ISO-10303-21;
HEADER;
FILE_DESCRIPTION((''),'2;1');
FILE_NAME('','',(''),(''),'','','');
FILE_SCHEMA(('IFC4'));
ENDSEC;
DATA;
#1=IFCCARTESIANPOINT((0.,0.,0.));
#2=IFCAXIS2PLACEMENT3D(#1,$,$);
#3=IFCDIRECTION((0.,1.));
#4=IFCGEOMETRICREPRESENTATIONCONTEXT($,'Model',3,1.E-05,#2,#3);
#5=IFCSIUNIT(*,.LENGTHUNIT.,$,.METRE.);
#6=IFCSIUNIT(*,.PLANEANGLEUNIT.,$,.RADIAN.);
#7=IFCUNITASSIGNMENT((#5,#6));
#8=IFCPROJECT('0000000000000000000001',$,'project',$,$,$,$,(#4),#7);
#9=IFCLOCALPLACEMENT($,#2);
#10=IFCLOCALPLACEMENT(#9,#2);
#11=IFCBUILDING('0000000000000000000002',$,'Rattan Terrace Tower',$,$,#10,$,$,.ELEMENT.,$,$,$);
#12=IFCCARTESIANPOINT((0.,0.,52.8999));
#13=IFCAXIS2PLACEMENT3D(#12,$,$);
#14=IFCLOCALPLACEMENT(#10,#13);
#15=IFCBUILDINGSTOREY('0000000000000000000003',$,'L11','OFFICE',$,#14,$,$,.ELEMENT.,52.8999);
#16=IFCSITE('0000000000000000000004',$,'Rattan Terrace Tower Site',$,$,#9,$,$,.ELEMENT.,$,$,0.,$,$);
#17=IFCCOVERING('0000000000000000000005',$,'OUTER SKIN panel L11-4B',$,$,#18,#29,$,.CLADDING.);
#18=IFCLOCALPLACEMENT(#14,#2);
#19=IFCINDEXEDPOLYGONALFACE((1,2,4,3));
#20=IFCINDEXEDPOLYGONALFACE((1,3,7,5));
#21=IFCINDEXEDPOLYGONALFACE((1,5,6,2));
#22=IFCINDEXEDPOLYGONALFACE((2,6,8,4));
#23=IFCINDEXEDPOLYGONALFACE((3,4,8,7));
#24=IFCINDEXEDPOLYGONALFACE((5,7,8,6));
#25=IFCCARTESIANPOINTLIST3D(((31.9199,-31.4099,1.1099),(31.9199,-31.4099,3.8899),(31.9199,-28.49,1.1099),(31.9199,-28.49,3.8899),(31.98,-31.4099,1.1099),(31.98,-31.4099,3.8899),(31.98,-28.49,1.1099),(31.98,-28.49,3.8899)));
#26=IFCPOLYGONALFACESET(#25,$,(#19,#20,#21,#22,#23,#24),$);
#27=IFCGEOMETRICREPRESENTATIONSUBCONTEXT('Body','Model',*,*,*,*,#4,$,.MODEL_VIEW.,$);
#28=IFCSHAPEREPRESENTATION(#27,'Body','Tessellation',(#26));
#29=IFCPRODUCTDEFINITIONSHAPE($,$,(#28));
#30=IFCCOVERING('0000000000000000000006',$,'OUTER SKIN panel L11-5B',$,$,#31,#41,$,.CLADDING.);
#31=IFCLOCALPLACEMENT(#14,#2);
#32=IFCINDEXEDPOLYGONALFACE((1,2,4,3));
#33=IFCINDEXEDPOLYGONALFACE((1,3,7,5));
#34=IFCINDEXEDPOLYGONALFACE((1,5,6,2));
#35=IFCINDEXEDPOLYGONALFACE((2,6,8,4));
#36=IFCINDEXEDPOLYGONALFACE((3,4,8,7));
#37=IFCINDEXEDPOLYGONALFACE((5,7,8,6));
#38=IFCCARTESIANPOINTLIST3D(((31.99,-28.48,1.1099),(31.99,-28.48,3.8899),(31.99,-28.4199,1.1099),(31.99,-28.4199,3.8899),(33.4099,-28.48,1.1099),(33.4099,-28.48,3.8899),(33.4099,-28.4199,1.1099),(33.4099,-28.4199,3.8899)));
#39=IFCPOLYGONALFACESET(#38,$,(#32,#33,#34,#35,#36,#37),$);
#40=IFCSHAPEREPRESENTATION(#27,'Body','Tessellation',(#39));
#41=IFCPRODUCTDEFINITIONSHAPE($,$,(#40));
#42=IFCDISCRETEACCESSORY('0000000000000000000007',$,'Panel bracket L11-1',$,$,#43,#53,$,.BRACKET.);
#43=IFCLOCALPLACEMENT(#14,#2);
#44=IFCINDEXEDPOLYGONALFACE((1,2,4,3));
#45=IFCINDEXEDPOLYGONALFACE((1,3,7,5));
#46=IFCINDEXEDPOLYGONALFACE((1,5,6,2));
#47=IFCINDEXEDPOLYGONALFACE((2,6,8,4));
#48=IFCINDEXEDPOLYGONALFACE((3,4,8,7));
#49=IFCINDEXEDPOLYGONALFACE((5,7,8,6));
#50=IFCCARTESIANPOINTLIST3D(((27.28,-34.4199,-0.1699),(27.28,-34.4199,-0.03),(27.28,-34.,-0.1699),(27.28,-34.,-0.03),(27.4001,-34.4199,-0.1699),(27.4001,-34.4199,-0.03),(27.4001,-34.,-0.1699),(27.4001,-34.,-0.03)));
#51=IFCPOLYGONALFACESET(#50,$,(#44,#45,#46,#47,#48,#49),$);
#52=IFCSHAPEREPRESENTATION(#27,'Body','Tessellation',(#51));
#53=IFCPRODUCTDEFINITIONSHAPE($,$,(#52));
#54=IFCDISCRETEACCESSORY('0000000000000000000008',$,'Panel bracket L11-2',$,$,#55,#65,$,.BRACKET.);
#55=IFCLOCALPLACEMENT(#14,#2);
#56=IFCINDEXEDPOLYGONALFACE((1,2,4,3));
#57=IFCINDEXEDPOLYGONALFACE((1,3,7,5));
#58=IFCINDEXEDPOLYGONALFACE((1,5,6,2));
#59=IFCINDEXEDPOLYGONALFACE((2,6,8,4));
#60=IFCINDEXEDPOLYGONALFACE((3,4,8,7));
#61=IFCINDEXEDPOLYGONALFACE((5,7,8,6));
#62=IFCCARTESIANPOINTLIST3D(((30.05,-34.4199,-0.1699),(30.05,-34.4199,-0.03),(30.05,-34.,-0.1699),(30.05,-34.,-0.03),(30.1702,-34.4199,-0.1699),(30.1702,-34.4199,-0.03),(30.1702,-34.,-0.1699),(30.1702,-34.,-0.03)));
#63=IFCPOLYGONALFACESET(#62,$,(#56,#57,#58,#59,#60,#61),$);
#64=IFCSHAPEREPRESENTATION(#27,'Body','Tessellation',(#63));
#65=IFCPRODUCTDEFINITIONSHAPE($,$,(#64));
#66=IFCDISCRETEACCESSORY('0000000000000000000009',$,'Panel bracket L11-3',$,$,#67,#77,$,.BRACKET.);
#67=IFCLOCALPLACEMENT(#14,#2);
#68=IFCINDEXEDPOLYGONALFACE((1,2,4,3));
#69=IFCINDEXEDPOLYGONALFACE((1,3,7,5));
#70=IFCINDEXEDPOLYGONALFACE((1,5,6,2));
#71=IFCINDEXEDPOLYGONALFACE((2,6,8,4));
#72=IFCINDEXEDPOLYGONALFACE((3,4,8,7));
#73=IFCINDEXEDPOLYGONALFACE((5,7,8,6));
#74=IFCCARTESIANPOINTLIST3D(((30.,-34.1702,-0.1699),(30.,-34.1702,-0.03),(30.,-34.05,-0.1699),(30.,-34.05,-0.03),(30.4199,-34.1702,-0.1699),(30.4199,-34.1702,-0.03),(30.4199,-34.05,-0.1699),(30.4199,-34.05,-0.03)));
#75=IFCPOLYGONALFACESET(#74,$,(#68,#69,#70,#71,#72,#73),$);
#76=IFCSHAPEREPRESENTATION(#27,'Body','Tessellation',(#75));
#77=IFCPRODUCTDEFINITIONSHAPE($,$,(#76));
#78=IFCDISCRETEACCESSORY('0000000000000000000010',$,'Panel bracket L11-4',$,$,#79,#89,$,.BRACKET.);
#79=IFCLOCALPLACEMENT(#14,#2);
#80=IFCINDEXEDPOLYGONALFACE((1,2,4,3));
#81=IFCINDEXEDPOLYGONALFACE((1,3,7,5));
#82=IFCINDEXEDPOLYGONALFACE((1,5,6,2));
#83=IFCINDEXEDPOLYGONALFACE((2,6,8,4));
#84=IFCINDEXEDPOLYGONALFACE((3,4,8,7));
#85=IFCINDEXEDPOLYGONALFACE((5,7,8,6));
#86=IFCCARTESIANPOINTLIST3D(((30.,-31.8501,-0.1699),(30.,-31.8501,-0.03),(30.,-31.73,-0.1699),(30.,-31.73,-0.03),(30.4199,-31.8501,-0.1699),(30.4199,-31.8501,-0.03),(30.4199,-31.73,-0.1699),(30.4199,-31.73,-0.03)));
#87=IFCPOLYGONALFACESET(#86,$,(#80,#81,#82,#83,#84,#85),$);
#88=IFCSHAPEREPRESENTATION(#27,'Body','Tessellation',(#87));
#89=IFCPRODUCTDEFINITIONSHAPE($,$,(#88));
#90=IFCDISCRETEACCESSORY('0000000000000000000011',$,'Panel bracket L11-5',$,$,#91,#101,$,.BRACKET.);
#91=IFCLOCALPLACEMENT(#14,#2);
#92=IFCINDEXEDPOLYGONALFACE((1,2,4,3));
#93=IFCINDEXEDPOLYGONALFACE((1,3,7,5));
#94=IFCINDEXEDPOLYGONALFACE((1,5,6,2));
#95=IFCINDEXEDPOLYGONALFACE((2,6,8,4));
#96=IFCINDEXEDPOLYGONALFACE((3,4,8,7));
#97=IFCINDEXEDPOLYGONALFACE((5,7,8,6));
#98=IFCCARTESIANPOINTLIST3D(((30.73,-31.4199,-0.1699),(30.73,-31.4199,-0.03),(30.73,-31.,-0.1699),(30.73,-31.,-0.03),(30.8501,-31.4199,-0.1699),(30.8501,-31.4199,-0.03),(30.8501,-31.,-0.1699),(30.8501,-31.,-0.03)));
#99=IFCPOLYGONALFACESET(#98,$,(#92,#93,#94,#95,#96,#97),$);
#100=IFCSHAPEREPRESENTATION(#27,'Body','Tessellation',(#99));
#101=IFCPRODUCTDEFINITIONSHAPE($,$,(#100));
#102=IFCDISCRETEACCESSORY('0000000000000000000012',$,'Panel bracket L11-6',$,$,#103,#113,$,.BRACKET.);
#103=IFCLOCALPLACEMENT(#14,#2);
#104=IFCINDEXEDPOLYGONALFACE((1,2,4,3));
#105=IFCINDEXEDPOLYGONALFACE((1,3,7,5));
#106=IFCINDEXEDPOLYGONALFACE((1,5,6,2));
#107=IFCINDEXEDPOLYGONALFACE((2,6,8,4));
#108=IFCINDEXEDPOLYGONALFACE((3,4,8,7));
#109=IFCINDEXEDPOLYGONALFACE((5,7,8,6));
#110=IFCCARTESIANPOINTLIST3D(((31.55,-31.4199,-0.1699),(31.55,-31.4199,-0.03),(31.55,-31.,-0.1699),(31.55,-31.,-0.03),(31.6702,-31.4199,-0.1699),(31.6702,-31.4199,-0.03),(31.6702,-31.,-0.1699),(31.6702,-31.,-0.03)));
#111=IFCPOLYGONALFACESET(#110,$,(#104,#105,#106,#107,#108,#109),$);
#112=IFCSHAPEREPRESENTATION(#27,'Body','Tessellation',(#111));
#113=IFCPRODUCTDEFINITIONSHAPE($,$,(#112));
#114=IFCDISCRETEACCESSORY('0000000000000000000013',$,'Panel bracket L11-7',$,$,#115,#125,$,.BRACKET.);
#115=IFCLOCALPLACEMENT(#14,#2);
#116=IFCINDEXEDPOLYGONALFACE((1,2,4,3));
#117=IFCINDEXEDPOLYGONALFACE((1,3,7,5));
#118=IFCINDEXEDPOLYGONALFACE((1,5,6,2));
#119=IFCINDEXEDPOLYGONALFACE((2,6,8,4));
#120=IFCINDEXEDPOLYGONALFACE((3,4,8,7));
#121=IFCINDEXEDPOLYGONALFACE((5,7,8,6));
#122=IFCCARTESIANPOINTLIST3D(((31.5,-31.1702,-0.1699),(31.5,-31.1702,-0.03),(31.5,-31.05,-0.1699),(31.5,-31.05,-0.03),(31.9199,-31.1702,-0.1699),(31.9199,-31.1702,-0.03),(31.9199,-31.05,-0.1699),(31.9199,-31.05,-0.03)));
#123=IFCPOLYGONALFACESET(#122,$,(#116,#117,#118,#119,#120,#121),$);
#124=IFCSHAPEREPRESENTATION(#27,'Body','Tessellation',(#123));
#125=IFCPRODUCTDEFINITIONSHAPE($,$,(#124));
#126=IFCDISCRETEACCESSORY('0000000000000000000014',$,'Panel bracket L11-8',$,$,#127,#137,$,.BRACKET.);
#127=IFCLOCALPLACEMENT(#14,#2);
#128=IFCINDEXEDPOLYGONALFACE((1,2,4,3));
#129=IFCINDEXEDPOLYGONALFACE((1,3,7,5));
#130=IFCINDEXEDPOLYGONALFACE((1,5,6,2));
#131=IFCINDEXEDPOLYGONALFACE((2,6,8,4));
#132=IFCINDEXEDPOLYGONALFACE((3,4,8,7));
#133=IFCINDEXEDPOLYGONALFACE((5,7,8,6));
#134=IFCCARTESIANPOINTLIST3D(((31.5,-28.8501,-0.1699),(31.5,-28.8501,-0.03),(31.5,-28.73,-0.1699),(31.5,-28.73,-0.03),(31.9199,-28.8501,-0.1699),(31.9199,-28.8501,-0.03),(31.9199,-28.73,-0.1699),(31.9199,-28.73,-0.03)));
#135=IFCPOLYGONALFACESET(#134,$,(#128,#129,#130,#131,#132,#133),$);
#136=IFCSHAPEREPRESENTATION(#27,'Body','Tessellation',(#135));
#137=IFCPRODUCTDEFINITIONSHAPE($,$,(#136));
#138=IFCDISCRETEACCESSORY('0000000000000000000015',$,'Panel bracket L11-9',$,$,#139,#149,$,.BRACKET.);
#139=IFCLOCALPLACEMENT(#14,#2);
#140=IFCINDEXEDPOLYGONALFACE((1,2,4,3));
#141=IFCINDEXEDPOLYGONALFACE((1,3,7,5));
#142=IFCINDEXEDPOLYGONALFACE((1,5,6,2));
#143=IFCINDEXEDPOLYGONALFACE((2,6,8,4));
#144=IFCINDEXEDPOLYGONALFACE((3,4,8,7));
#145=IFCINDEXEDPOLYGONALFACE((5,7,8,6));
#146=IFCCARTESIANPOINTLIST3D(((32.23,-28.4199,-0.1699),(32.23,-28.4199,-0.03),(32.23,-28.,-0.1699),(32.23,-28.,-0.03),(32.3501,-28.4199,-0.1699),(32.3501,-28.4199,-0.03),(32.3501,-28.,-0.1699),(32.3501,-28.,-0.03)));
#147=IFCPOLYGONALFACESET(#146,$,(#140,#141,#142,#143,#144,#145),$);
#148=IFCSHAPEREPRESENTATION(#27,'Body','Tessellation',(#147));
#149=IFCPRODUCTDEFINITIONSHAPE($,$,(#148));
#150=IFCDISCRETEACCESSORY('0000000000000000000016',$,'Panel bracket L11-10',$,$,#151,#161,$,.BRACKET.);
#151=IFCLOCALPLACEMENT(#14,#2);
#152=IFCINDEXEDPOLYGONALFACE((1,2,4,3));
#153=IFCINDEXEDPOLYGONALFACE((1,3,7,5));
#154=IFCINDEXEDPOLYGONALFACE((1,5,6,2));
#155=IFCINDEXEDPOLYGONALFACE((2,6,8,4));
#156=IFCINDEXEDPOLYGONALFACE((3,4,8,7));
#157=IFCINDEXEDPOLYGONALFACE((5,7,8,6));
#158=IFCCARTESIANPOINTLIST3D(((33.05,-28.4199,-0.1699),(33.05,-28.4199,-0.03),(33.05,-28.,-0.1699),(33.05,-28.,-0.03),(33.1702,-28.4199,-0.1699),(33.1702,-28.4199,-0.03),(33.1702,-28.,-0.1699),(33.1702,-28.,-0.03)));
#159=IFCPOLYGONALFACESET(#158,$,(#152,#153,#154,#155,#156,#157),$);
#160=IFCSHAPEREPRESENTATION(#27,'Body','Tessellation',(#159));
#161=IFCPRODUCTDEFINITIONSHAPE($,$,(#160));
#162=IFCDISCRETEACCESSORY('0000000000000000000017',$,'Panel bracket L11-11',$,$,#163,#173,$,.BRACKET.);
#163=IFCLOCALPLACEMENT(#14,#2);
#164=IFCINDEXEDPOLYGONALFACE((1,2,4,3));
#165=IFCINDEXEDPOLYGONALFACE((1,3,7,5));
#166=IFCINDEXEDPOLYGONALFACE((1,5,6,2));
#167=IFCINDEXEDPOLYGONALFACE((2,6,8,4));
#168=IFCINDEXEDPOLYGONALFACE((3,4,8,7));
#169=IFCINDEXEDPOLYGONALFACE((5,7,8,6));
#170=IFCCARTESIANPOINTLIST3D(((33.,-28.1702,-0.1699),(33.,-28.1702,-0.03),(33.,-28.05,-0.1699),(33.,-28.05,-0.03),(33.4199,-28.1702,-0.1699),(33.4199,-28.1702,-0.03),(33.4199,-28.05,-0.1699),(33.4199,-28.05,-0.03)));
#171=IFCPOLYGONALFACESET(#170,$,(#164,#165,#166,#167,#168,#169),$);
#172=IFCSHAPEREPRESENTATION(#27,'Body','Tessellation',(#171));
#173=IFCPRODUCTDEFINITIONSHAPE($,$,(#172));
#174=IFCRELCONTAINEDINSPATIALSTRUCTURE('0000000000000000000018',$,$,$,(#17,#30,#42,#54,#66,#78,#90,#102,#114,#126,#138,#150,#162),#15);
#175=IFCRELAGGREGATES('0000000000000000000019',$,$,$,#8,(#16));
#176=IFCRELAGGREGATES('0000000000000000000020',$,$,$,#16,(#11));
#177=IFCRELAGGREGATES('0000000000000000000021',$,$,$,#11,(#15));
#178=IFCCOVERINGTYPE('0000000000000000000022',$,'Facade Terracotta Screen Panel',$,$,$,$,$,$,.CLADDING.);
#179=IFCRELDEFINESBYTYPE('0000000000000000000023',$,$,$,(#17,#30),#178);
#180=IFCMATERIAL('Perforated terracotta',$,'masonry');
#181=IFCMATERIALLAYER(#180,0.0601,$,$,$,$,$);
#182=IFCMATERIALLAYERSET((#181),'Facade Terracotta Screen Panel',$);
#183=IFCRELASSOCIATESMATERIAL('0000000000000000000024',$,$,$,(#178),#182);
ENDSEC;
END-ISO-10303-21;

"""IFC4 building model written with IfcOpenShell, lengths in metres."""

from ifc_helpers import new_model, si_unit, direction, frame, origin, origin_2d, place, context, subcontext, project, spatial, rectangle, extrude, material, layer, layer_set, type_object, element, save


model = new_model("IFC4")

# Units and contexts
model_context = context("Model", 3, precision=1e-05, world=origin(), true_north=direction((0.0, 1.0)))
body_context = subcontext(model_context, "Body", "Model", "MODEL_VIEW")
ifc_project = project(units=[si_unit("LENGTHUNIT", "METRE"), si_unit("PLANEANGLEUNIT", "RADIAN")], contexts=[model_context])

# Site, building, storey
site_placement = place(None, origin())
site = spatial("IfcSite", under=ifc_project, at=site_placement, Name="Rattan Terrace Tower Site", CompositionType="ELEMENT", RefElevation=0.0)
building_placement = place(site_placement, origin())
building = spatial("IfcBuilding", under=site, at=building_placement, Name="Rattan Terrace Tower", CompositionType="ELEMENT")
storey_placement = place(building_placement, frame((0.0, 0.0, 52.8999)))
storey = spatial("IfcBuildingStorey", under=building, at=storey_placement, Name="L11", Description="OFFICE", CompositionType="ELEMENT", Elevation=52.8999)

# Coverings
ifc_material_1 = material(Name="Perforated terracotta", Category="masonry")
ifc_layer_1 = layer(ifc_material_1, 0.0601)
ifc_layer_set_1 = layer_set([ifc_layer_1], Name="Facade Terracotta Screen Panel")
covering_type_1 = type_object("IfcCoveringType", Name="Facade Terracotta Screen Panel", PredefinedType="CLADDING", material=ifc_layer_set_1)
covering_1_placement = place(storey_placement, frame((31.95, -29.95, 1.1099), z_axis=(0.0, 0.0, 1.0), x_axis=(0.0, 1.0, 0.0)))
element("IfcCovering", 1, at=covering_1_placement, inside=storey, type_object=covering_type_1, Name="OUTER SKIN panel L11-4B", PredefinedType="CLADDING", context=body_context, shape_type="SweptSolid", body=[
    extrude(rectangle(XDim=2.9199, YDim=0.0601, at=origin_2d()), origin(), (0.0, 0.0, 1.0), 2.78),
])
covering_2_placement = place(storey_placement, frame((32.7, -28.45, 1.1099), z_axis=(0.0, 0.0, 1.0), x_axis=(1.0, 0.0, 0.0)))
element("IfcCovering", 2, at=covering_2_placement, inside=storey, type_object=covering_type_1, Name="OUTER SKIN panel L11-5B", PredefinedType="CLADDING", context=body_context, shape_type="SweptSolid", body=[
    extrude(rectangle(XDim=1.4199, YDim=0.0601, at=origin_2d()), origin(), (0.0, 0.0, 1.0), 2.78),
])

# Discrete accessories
for number, where, z_axis, x_axis, name in (
    (3, (27.3401, -34.21, -0.1699), (0.0, 0.0, 1.0), (1.0, 0.0, 0.0), "Panel bracket L11-1"),
    (4, (30.1101, -34.21, -0.1699), (0.0, 0.0, 1.0), (1.0, 0.0, 0.0), "Panel bracket L11-2"),
    (5, (30.21, -34.1101, -0.1699), (0.0, 0.0, 1.0), (0.0, 1.0, 0.0), "Panel bracket L11-3"),
    (6, (30.21, -31.79, -0.1699), (0.0, 0.0, 1.0), (0.0, 1.0, 0.0), "Panel bracket L11-4"),
    (7, (30.79, -31.21, -0.1699), (0.0, 0.0, 1.0), (1.0, 0.0, 0.0), "Panel bracket L11-5"),
    (8, (31.6101, -31.21, -0.1699), (0.0, 0.0, 1.0), (1.0, 0.0, 0.0), "Panel bracket L11-6"),
    (9, (31.71, -31.1101, -0.1699), (0.0, 0.0, 1.0), (0.0, 1.0, 0.0), "Panel bracket L11-7"),
    (10, (31.71, -28.79, -0.1699), (0.0, 0.0, 1.0), (0.0, 1.0, 0.0), "Panel bracket L11-8"),
    (11, (32.29, -28.21, -0.1699), (0.0, 0.0, 1.0), (1.0, 0.0, 0.0), "Panel bracket L11-9"),
    (12, (33.1101, -28.21, -0.1699), (0.0, 0.0, 1.0), (1.0, 0.0, 0.0), "Panel bracket L11-10"),
    (13, (33.21, -28.1101, -0.1699), (0.0, 0.0, 1.0), (0.0, 1.0, 0.0), "Panel bracket L11-11"),
):
    element("IfcDiscreteAccessory", number, at=place(storey_placement, frame(where, z_axis=z_axis, x_axis=x_axis)), inside=storey, Name=name, PredefinedType="BRACKET", context=body_context, shape_type="SweptSolid", body=[
        extrude(rectangle(XDim=0.1201, YDim=0.4199, at=origin_2d()), origin(), (0.0, 0.0, 1.0), 0.1399),
    ])

save(model, "model.ifc")
